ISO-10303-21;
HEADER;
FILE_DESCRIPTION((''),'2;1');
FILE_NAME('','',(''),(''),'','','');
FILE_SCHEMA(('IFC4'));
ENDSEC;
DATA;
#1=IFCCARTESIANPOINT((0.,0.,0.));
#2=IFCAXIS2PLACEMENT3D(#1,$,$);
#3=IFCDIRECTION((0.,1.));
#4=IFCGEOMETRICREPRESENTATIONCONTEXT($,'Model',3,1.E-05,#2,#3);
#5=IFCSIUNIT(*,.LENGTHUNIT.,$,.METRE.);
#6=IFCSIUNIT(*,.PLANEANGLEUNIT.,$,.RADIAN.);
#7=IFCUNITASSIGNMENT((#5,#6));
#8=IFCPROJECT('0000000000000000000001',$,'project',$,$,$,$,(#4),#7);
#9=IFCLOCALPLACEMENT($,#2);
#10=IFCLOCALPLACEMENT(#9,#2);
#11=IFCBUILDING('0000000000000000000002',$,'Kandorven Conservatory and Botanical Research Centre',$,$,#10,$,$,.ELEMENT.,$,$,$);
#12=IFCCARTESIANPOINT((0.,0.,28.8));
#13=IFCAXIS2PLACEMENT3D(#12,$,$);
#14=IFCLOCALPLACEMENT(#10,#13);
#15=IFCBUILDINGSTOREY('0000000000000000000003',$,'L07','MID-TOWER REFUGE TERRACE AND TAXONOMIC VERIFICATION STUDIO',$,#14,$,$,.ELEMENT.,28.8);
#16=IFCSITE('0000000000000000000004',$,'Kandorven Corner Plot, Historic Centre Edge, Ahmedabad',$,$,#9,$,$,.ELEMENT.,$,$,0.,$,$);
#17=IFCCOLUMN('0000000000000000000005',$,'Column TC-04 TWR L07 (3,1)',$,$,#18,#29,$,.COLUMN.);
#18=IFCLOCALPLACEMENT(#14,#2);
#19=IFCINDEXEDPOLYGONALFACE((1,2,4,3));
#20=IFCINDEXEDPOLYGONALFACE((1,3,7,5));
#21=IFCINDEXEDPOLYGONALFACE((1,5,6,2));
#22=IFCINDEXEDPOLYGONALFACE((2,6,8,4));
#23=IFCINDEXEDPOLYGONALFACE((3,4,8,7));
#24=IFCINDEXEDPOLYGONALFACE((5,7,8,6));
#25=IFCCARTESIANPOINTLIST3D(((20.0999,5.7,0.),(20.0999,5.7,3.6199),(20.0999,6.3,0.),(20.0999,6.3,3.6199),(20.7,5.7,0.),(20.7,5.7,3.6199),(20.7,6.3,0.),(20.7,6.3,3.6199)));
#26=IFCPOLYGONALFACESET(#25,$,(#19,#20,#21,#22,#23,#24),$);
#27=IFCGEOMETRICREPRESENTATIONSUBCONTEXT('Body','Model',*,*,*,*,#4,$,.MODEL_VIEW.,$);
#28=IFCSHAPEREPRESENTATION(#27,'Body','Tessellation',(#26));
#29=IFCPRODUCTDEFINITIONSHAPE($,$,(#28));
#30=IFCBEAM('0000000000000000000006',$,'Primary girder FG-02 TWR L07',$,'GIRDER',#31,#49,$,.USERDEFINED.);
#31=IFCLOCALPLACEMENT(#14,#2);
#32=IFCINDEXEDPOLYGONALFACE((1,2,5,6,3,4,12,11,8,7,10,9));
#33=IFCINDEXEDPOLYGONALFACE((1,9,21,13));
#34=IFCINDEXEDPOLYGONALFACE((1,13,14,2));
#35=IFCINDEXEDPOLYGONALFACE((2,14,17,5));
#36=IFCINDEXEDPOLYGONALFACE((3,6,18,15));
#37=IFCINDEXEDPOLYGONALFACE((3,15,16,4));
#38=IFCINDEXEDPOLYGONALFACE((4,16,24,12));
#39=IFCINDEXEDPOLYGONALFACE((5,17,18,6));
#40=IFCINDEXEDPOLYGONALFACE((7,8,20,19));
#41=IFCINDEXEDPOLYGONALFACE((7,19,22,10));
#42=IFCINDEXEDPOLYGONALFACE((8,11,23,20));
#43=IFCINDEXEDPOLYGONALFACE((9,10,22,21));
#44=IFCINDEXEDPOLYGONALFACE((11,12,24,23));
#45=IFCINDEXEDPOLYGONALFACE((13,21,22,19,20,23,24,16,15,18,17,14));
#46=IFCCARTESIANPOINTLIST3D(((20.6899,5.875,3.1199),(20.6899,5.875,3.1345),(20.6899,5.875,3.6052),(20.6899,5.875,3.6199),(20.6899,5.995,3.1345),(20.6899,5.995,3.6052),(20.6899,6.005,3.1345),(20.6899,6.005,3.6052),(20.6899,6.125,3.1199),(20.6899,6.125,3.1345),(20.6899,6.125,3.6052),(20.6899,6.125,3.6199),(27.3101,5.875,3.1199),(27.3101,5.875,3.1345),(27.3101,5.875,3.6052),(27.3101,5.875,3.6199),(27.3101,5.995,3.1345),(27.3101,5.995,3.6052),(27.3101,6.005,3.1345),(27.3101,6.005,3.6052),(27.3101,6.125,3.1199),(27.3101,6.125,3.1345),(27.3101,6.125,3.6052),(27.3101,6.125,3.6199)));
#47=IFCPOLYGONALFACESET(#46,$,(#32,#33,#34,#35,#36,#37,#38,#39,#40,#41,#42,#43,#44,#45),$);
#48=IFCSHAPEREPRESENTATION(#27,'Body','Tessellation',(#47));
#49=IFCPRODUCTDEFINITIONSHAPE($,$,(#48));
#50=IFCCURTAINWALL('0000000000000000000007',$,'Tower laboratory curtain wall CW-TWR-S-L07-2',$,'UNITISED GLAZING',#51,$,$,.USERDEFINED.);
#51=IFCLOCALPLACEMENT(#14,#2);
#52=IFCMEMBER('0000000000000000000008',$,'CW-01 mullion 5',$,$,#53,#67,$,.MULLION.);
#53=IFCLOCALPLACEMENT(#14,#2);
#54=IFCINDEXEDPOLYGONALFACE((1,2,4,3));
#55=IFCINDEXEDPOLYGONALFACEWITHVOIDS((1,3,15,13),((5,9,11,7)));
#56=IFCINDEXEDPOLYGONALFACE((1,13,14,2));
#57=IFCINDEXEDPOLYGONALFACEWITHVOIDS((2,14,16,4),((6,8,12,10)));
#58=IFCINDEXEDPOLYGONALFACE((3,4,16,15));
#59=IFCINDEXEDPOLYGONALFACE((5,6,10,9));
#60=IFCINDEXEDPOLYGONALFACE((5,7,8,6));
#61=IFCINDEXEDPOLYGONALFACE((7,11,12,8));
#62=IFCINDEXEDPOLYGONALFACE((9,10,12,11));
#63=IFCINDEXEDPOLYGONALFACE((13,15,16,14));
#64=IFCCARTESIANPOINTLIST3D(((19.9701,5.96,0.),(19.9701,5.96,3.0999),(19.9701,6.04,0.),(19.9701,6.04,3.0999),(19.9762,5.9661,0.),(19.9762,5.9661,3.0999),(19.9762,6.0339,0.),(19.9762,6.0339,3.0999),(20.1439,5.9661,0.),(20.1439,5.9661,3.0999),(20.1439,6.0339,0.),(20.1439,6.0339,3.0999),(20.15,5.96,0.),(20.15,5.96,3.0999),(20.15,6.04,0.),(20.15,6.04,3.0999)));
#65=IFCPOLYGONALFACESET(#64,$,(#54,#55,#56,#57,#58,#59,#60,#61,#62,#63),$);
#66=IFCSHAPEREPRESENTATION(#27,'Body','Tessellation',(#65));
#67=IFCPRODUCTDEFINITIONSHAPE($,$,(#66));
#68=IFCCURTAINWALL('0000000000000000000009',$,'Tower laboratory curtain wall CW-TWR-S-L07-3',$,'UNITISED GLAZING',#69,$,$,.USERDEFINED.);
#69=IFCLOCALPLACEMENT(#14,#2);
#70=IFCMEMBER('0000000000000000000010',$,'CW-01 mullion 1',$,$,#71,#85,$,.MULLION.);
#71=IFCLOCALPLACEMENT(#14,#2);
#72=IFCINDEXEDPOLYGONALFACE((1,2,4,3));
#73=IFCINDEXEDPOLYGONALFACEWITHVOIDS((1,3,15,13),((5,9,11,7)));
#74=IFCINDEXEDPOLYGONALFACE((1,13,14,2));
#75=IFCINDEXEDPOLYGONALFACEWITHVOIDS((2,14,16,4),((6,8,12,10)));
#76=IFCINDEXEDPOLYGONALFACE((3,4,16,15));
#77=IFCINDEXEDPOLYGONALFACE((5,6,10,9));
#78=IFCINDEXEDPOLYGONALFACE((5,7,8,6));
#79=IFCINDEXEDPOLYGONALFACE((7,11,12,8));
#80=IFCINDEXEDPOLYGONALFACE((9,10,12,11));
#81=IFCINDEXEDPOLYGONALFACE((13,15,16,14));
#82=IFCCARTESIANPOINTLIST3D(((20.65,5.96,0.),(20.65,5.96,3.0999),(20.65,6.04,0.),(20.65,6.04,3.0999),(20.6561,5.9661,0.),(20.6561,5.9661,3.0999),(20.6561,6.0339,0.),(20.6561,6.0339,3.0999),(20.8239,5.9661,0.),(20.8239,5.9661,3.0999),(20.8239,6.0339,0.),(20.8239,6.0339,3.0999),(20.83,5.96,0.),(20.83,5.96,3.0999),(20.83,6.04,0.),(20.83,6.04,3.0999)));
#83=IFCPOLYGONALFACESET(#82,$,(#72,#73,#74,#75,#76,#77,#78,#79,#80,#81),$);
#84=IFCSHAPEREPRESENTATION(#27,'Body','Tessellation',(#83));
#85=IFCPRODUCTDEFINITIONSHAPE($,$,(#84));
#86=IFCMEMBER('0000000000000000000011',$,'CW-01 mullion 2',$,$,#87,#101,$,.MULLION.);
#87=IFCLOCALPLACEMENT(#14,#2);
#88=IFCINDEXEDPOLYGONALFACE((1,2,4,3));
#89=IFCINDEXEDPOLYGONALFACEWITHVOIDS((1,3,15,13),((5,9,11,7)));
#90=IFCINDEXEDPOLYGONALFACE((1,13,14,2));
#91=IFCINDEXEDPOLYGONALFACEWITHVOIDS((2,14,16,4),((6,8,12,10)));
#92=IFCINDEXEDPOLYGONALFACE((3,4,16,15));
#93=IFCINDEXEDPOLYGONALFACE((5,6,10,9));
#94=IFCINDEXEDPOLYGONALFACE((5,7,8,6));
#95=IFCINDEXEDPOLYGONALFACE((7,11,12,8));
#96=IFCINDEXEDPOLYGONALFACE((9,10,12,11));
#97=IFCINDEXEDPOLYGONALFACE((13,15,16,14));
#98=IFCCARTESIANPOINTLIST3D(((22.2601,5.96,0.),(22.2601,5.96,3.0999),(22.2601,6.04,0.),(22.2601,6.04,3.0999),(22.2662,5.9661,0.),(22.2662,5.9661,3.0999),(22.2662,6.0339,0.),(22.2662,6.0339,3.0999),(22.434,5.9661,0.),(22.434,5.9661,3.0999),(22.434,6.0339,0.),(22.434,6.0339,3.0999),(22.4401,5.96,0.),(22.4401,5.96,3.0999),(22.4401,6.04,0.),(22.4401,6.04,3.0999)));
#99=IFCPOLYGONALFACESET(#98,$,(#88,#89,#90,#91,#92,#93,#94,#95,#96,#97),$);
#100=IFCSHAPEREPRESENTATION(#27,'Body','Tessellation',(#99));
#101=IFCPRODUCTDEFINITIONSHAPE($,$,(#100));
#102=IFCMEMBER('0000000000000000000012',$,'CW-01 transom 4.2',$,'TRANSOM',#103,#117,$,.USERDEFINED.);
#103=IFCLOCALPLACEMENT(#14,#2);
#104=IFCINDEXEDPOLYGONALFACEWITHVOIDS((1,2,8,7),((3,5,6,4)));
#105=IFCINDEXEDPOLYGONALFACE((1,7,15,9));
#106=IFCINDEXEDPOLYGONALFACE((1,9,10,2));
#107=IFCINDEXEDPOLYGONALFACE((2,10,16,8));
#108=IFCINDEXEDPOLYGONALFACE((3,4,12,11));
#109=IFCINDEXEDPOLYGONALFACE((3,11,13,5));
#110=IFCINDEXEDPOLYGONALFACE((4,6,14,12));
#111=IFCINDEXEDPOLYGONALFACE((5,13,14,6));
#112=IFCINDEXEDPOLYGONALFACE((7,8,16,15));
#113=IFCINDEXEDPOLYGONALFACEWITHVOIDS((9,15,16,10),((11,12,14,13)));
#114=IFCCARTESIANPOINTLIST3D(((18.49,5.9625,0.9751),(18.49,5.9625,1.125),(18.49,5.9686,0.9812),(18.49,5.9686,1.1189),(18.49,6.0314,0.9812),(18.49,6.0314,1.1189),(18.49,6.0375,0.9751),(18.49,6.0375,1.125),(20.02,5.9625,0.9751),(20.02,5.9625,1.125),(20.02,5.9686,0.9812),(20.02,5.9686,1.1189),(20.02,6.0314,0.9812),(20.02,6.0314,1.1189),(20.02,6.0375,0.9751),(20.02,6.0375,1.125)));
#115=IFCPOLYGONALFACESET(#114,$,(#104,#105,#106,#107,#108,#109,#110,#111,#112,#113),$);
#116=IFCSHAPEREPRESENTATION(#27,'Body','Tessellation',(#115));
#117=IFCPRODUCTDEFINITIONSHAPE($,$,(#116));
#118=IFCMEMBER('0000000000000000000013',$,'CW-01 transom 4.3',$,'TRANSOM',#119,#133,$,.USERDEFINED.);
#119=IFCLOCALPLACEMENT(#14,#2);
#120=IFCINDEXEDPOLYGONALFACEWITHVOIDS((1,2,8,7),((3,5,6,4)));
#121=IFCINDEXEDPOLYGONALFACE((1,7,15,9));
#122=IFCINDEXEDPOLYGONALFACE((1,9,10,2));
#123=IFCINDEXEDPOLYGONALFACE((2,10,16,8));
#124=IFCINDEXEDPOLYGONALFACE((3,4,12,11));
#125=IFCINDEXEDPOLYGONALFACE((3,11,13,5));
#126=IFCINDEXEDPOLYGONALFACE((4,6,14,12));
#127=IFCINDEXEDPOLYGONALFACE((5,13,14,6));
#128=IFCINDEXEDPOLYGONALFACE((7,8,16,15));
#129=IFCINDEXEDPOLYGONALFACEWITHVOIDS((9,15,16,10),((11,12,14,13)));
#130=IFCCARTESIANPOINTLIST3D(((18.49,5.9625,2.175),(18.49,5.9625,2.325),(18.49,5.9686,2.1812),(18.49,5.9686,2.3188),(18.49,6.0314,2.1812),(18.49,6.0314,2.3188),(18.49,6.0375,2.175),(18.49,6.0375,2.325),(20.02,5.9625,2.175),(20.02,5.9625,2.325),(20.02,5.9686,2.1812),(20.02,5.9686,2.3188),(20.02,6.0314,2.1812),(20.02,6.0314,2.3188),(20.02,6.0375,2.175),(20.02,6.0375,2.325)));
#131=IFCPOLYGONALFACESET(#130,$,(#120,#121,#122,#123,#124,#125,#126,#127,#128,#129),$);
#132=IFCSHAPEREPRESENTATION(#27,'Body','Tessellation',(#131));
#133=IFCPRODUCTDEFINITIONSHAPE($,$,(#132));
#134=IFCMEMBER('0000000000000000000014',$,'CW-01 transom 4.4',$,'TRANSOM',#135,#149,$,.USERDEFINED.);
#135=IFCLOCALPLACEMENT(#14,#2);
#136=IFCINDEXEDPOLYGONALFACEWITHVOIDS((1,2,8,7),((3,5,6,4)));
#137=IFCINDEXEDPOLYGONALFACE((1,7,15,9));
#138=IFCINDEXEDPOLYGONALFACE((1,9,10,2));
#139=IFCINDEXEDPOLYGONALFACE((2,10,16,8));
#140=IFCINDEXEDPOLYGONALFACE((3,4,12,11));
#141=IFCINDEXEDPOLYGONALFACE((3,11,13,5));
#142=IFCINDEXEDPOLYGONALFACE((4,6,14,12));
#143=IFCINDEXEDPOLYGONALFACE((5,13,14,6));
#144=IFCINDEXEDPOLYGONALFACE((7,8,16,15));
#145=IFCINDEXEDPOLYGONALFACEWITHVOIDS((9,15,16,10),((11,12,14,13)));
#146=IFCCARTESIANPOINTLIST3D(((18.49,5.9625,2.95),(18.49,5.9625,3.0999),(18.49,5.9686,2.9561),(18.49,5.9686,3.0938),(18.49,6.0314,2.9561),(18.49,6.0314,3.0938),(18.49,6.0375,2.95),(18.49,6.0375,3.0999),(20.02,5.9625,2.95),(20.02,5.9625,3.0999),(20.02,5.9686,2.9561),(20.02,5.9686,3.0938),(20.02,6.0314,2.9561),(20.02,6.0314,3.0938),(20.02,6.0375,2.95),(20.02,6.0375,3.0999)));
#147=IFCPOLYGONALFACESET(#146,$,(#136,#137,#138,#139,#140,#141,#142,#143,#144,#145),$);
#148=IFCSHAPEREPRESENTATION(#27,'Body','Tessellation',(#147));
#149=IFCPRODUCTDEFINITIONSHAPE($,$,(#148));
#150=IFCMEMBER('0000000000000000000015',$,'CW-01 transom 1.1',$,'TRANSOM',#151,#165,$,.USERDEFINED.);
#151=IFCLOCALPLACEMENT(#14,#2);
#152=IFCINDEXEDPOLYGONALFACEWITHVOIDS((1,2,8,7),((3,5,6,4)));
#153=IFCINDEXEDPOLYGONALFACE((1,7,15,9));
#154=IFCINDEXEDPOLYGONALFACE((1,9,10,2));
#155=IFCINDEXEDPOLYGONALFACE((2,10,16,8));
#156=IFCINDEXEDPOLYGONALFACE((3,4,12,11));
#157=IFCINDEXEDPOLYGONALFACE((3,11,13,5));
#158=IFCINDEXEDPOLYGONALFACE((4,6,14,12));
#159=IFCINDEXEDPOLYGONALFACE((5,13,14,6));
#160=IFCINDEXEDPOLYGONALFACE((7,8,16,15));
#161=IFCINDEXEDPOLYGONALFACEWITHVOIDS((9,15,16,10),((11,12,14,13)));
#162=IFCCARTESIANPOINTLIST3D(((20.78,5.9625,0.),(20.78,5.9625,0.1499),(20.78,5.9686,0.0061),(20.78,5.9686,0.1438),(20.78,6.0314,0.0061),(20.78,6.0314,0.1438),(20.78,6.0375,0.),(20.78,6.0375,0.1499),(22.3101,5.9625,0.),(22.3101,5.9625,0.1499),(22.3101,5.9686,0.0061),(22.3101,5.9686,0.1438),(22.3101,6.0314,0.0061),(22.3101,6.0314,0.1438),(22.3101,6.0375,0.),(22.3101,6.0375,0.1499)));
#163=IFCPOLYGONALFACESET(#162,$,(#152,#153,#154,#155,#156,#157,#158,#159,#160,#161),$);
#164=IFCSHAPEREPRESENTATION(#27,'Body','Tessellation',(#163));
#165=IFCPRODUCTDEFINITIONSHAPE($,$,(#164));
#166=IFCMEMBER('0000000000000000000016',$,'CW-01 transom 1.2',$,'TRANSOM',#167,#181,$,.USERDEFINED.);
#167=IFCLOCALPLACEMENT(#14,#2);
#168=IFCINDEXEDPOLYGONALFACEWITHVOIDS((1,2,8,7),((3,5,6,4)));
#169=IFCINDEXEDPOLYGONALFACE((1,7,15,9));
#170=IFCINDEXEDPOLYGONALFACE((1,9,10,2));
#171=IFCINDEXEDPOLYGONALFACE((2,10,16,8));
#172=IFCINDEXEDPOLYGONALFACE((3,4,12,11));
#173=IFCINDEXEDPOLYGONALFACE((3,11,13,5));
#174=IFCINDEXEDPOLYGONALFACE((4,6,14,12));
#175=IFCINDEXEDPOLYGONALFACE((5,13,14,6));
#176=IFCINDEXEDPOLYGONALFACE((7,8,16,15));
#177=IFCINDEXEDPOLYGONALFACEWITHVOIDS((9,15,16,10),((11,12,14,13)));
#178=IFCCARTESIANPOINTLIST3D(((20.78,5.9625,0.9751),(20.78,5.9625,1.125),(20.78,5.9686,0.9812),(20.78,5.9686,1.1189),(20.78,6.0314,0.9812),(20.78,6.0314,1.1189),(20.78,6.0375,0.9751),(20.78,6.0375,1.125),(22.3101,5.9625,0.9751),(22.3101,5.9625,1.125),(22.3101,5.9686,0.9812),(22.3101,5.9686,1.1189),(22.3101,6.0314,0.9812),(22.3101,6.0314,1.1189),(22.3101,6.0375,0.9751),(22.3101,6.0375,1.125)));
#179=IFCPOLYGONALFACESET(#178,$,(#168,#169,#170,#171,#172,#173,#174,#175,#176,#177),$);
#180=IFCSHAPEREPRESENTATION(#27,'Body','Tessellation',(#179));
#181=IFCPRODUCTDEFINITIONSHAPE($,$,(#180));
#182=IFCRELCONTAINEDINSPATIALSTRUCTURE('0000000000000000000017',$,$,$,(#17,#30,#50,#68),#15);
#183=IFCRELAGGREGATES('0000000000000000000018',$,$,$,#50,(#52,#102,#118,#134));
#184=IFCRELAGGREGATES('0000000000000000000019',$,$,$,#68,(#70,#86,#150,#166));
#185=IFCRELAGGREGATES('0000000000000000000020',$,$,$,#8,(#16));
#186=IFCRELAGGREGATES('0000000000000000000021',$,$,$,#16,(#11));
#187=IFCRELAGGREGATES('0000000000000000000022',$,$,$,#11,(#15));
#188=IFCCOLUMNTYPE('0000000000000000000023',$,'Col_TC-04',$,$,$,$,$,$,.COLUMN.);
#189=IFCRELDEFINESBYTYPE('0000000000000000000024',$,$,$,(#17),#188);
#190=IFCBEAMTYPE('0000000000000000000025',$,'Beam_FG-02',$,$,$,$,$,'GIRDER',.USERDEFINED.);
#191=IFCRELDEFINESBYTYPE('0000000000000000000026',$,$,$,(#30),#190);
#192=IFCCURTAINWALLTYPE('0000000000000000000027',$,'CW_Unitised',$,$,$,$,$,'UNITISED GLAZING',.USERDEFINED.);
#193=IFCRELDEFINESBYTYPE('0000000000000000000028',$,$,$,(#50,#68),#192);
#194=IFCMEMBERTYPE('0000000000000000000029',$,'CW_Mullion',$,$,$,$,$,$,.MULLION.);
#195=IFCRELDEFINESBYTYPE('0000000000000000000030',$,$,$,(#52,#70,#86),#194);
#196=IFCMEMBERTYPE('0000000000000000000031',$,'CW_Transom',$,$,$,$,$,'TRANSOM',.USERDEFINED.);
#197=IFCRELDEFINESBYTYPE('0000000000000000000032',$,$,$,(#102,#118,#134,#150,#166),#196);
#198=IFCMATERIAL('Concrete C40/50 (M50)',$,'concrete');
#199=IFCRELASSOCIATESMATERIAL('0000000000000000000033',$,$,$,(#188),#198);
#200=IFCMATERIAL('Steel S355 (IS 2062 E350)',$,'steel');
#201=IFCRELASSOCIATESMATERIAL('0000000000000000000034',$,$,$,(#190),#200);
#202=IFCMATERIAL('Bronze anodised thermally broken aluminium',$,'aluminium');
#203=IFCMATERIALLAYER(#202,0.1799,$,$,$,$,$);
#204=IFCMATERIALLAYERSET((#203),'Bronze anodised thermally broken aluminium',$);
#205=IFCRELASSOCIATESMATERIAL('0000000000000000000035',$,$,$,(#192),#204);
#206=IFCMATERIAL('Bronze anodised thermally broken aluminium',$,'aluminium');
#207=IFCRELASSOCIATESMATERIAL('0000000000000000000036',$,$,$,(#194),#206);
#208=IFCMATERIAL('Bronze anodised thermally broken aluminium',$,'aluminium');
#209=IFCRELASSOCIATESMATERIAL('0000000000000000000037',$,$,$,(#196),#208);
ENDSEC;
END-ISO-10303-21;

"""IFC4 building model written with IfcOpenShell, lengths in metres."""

from ifc_helpers import new_model, si_unit, direction, frame, origin, origin_2d, place, context, subcontext, project, spatial, rectangle, hollow_rectangle, i_section, extrude, material, layer, layer_set, material_profile, profile_set, type_object, element, aggregate, save


model = new_model("IFC4")

# Units and contexts
model_context = context("Model", 3, precision=1e-05, world=origin(), true_north=direction((0.0, 1.0)))
body_context = subcontext(model_context, "Body", "Model", "MODEL_VIEW")
ifc_project = project(units=[si_unit("LENGTHUNIT", "METRE"), si_unit("PLANEANGLEUNIT", "RADIAN")], contexts=[model_context])

# Site, building, storey
site_placement = place(None, origin())
site = spatial("IfcSite", under=ifc_project, at=site_placement, Name="Kandorven Corner Plot, Historic Centre Edge, Ahmedabad", CompositionType="ELEMENT", RefElevation=0.0)
building_placement = place(site_placement, origin())
building = spatial("IfcBuilding", under=site, at=building_placement, Name="Kandorven Conservatory and Botanical Research Centre", CompositionType="ELEMENT")
storey_placement = place(building_placement, frame((0.0, 0.0, 28.8)))
storey = spatial("IfcBuildingStorey", under=building, at=storey_placement, Name="L07", Description="MID-TOWER REFUGE TERRACE AND TAXONOMIC VERIFICATION STUDIO", CompositionType="ELEMENT", Elevation=28.8)

# Column
ifc_material_1 = material(Name="Concrete C40/50 (M50)", Category="concrete")
ifc_material_profile_1 = material_profile(ifc_material_1, rectangle(XDim=0.6001, YDim=0.6001, at=origin_2d()))
ifc_profile_set_1 = profile_set([ifc_material_profile_1], Name="Concrete C40/50 (M50)")
column_type = type_object("IfcColumnType", Name="Col_TC-04", PredefinedType="COLUMN", material=ifc_profile_set_1)
column_placement = place(storey_placement, frame((20.3999, 6.0, 0.0), z_axis=(0.0, 0.0, 1.0), x_axis=(1.0, 0.0, 0.0)))
element("IfcColumn", 1, at=column_placement, inside=storey, type_object=column_type, Name="Column TC-04 TWR L07 (3,1)", PredefinedType="COLUMN", context=body_context, shape_type="SweptSolid", body=[
    extrude(rectangle(XDim=0.6001, YDim=0.6001, at=origin_2d()), origin(), (0.0, 0.0, 1.0), 3.6199),
])

# Beam
ifc_material_2 = material(Name="Steel S355 (IS 2062 E350)", Category="steel")
ifc_material_profile_2 = material_profile(ifc_material_2, i_section(OverallWidth=0.25, OverallDepth=0.5, WebThickness=0.01, FlangeThickness=0.0146, at=origin_2d()))
ifc_profile_set_2 = profile_set([ifc_material_profile_2], Name="Steel S355 (IS 2062 E350)")
beam_type = type_object("IfcBeamType", Name="Beam_FG-02", ElementType="GIRDER", PredefinedType="USERDEFINED", material=ifc_profile_set_2)
beam_placement = place(storey_placement, frame((20.6899, 6.0, 3.3699), z_axis=(1.0, 0.0, 0.0), x_axis=(0.0, 1.0, 0.0)))
element("IfcBeam", 2, at=beam_placement, inside=storey, type_object=beam_type, Name="Primary girder FG-02 TWR L07", ObjectType="GIRDER", PredefinedType="USERDEFINED", context=body_context, shape_type="SweptSolid", body=[
    extrude(i_section(OverallWidth=0.25, OverallDepth=0.5, WebThickness=0.01, FlangeThickness=0.0146, at=origin_2d()), origin(), (0.0, 0.0, 1.0), 6.6201),
])

# Curtain wall, member
ifc_material_3 = material(Name="Bronze anodised thermally broken aluminium", Category="aluminium")
ifc_layer_1 = layer(ifc_material_3, 0.1799)
ifc_layer_set_1 = layer_set([ifc_layer_1], Name="Bronze anodised thermally broken aluminium")
curtain_wall_type = type_object("IfcCurtainWallType", Name="CW_Unitised", ElementType="UNITISED GLAZING", PredefinedType="USERDEFINED", material=ifc_layer_set_1)
curtain_wall_1_placement = place(storey_placement, origin())
curtain_wall_1 = element("IfcCurtainWall", 3, at=curtain_wall_1_placement, inside=storey, type_object=curtain_wall_type, Name="Tower laboratory curtain wall CW-TWR-S-L07-2", ObjectType="UNITISED GLAZING", PredefinedType="USERDEFINED")
ifc_material_4 = material(Name="Bronze anodised thermally broken aluminium", Category="aluminium")
ifc_material_profile_3 = material_profile(ifc_material_4, hollow_rectangle(XDim=0.0801, YDim=0.1799, WallThickness=0.0061, at=origin_2d()))
ifc_profile_set_3 = profile_set([ifc_material_profile_3], Name="Bronze anodised thermally broken aluminium")
member_type_1 = type_object("IfcMemberType", Name="CW_Mullion", PredefinedType="MULLION", material=ifc_profile_set_3)
member_1_placement = place(storey_placement, frame((20.0601, 6.0, 0.0), z_axis=(0.0, 0.0, 1.0), x_axis=(0.0, 1.0, 0.0)))
member_1 = element("IfcMember", 4, at=member_1_placement, type_object=member_type_1, Name="CW-01 mullion 5", PredefinedType="MULLION", context=body_context, shape_type="SweptSolid", body=[
    extrude(hollow_rectangle(XDim=0.0801, YDim=0.1799, WallThickness=0.0061, at=origin_2d()), origin(), (0.0, 0.0, 1.0), 3.0999),
])

# Curtain wall, members
curtain_wall_2_placement = place(storey_placement, origin())
curtain_wall_2 = element("IfcCurtainWall", 5, at=curtain_wall_2_placement, inside=storey, type_object=curtain_wall_type, Name="Tower laboratory curtain wall CW-TWR-S-L07-3", ObjectType="UNITISED GLAZING", PredefinedType="USERDEFINED")
member_2_placement = place(storey_placement, frame((20.74, 6.0, 0.0), z_axis=(0.0, 0.0, 1.0), x_axis=(0.0, 1.0, 0.0)))
member_2 = element("IfcMember", 6, at=member_2_placement, type_object=member_type_1, Name="CW-01 mullion 1", PredefinedType="MULLION", context=body_context, shape_type="SweptSolid", body=[
    extrude(hollow_rectangle(XDim=0.0801, YDim=0.1799, WallThickness=0.0061, at=origin_2d()), origin(), (0.0, 0.0, 1.0), 3.0999),
])
member_3_placement = place(storey_placement, frame((22.3501, 6.0, 0.0), z_axis=(0.0, 0.0, 1.0), x_axis=(0.0, 1.0, 0.0)))
member_3 = element("IfcMember", 7, at=member_3_placement, type_object=member_type_1, Name="CW-01 mullion 2", PredefinedType="MULLION", context=body_context, shape_type="SweptSolid", body=[
    extrude(hollow_rectangle(XDim=0.0801, YDim=0.1799, WallThickness=0.0061, at=origin_2d()), origin(), (0.0, 0.0, 1.0), 3.0999),
])

# Members
ifc_material_5 = material(Name="Bronze anodised thermally broken aluminium", Category="aluminium")
ifc_material_profile_4 = material_profile(ifc_material_5, hollow_rectangle(XDim=0.075, YDim=0.1499, WallThickness=0.0061, at=origin_2d()))
ifc_profile_set_4 = profile_set([ifc_material_profile_4], Name="Bronze anodised thermally broken aluminium")
member_type_2 = type_object("IfcMemberType", Name="CW_Transom", ElementType="TRANSOM", PredefinedType="USERDEFINED", material=ifc_profile_set_4)
member_4_placement = place(storey_placement, frame((18.49, 6.0, 1.05), z_axis=(1.0, 0.0, 0.0), x_axis=(0.0, 1.0, 0.0)))
member_4 = element("IfcMember", 8, at=member_4_placement, type_object=member_type_2, Name="CW-01 transom 4.2", ObjectType="TRANSOM", PredefinedType="USERDEFINED", context=body_context, shape_type="SweptSolid", body=[
    extrude(hollow_rectangle(XDim=0.075, YDim=0.1499, WallThickness=0.0061, at=origin_2d()), origin(), (0.0, 0.0, 1.0), 1.53),
])
member_5_placement = place(storey_placement, frame((18.49, 6.0, 2.25), z_axis=(1.0, 0.0, 0.0), x_axis=(0.0, 1.0, 0.0)))
member_5 = element("IfcMember", 9, at=member_5_placement, type_object=member_type_2, Name="CW-01 transom 4.3", ObjectType="TRANSOM", PredefinedType="USERDEFINED", context=body_context, shape_type="SweptSolid", body=[
    extrude(hollow_rectangle(XDim=0.075, YDim=0.1499, WallThickness=0.0061, at=origin_2d()), origin(), (0.0, 0.0, 1.0), 1.53),
])
member_6_placement = place(storey_placement, frame((18.49, 6.0, 3.0249), z_axis=(1.0, 0.0, 0.0), x_axis=(0.0, 1.0, 0.0)))
member_6 = element("IfcMember", 10, at=member_6_placement, type_object=member_type_2, Name="CW-01 transom 4.4", ObjectType="TRANSOM", PredefinedType="USERDEFINED", context=body_context, shape_type="SweptSolid", body=[
    extrude(hollow_rectangle(XDim=0.075, YDim=0.1499, WallThickness=0.0061, at=origin_2d()), origin(), (0.0, 0.0, 1.0), 1.53),
])
member_7_placement = place(storey_placement, frame((20.78, 6.0, 0.075), z_axis=(1.0, 0.0, 0.0), x_axis=(0.0, 1.0, 0.0)))
member_7 = element("IfcMember", 11, at=member_7_placement, type_object=member_type_2, Name="CW-01 transom 1.1", ObjectType="TRANSOM", PredefinedType="USERDEFINED", context=body_context, shape_type="SweptSolid", body=[
    extrude(hollow_rectangle(XDim=0.075, YDim=0.1499, WallThickness=0.0061, at=origin_2d()), origin(), (0.0, 0.0, 1.0), 1.53),
])
member_8_placement = place(storey_placement, frame((20.78, 6.0, 1.05), z_axis=(1.0, 0.0, 0.0), x_axis=(0.0, 1.0, 0.0)))
member_8 = element("IfcMember", 12, at=member_8_placement, type_object=member_type_2, Name="CW-01 transom 1.2", ObjectType="TRANSOM", PredefinedType="USERDEFINED", context=body_context, shape_type="SweptSolid", body=[
    extrude(hollow_rectangle(XDim=0.075, YDim=0.1499, WallThickness=0.0061, at=origin_2d()), origin(), (0.0, 0.0, 1.0), 1.53),
])

aggregate(curtain_wall_1, [member_1, member_4, member_5, member_6])
aggregate(curtain_wall_2, [member_2, member_3, member_7, member_8])

save(model, "model.ifc")
